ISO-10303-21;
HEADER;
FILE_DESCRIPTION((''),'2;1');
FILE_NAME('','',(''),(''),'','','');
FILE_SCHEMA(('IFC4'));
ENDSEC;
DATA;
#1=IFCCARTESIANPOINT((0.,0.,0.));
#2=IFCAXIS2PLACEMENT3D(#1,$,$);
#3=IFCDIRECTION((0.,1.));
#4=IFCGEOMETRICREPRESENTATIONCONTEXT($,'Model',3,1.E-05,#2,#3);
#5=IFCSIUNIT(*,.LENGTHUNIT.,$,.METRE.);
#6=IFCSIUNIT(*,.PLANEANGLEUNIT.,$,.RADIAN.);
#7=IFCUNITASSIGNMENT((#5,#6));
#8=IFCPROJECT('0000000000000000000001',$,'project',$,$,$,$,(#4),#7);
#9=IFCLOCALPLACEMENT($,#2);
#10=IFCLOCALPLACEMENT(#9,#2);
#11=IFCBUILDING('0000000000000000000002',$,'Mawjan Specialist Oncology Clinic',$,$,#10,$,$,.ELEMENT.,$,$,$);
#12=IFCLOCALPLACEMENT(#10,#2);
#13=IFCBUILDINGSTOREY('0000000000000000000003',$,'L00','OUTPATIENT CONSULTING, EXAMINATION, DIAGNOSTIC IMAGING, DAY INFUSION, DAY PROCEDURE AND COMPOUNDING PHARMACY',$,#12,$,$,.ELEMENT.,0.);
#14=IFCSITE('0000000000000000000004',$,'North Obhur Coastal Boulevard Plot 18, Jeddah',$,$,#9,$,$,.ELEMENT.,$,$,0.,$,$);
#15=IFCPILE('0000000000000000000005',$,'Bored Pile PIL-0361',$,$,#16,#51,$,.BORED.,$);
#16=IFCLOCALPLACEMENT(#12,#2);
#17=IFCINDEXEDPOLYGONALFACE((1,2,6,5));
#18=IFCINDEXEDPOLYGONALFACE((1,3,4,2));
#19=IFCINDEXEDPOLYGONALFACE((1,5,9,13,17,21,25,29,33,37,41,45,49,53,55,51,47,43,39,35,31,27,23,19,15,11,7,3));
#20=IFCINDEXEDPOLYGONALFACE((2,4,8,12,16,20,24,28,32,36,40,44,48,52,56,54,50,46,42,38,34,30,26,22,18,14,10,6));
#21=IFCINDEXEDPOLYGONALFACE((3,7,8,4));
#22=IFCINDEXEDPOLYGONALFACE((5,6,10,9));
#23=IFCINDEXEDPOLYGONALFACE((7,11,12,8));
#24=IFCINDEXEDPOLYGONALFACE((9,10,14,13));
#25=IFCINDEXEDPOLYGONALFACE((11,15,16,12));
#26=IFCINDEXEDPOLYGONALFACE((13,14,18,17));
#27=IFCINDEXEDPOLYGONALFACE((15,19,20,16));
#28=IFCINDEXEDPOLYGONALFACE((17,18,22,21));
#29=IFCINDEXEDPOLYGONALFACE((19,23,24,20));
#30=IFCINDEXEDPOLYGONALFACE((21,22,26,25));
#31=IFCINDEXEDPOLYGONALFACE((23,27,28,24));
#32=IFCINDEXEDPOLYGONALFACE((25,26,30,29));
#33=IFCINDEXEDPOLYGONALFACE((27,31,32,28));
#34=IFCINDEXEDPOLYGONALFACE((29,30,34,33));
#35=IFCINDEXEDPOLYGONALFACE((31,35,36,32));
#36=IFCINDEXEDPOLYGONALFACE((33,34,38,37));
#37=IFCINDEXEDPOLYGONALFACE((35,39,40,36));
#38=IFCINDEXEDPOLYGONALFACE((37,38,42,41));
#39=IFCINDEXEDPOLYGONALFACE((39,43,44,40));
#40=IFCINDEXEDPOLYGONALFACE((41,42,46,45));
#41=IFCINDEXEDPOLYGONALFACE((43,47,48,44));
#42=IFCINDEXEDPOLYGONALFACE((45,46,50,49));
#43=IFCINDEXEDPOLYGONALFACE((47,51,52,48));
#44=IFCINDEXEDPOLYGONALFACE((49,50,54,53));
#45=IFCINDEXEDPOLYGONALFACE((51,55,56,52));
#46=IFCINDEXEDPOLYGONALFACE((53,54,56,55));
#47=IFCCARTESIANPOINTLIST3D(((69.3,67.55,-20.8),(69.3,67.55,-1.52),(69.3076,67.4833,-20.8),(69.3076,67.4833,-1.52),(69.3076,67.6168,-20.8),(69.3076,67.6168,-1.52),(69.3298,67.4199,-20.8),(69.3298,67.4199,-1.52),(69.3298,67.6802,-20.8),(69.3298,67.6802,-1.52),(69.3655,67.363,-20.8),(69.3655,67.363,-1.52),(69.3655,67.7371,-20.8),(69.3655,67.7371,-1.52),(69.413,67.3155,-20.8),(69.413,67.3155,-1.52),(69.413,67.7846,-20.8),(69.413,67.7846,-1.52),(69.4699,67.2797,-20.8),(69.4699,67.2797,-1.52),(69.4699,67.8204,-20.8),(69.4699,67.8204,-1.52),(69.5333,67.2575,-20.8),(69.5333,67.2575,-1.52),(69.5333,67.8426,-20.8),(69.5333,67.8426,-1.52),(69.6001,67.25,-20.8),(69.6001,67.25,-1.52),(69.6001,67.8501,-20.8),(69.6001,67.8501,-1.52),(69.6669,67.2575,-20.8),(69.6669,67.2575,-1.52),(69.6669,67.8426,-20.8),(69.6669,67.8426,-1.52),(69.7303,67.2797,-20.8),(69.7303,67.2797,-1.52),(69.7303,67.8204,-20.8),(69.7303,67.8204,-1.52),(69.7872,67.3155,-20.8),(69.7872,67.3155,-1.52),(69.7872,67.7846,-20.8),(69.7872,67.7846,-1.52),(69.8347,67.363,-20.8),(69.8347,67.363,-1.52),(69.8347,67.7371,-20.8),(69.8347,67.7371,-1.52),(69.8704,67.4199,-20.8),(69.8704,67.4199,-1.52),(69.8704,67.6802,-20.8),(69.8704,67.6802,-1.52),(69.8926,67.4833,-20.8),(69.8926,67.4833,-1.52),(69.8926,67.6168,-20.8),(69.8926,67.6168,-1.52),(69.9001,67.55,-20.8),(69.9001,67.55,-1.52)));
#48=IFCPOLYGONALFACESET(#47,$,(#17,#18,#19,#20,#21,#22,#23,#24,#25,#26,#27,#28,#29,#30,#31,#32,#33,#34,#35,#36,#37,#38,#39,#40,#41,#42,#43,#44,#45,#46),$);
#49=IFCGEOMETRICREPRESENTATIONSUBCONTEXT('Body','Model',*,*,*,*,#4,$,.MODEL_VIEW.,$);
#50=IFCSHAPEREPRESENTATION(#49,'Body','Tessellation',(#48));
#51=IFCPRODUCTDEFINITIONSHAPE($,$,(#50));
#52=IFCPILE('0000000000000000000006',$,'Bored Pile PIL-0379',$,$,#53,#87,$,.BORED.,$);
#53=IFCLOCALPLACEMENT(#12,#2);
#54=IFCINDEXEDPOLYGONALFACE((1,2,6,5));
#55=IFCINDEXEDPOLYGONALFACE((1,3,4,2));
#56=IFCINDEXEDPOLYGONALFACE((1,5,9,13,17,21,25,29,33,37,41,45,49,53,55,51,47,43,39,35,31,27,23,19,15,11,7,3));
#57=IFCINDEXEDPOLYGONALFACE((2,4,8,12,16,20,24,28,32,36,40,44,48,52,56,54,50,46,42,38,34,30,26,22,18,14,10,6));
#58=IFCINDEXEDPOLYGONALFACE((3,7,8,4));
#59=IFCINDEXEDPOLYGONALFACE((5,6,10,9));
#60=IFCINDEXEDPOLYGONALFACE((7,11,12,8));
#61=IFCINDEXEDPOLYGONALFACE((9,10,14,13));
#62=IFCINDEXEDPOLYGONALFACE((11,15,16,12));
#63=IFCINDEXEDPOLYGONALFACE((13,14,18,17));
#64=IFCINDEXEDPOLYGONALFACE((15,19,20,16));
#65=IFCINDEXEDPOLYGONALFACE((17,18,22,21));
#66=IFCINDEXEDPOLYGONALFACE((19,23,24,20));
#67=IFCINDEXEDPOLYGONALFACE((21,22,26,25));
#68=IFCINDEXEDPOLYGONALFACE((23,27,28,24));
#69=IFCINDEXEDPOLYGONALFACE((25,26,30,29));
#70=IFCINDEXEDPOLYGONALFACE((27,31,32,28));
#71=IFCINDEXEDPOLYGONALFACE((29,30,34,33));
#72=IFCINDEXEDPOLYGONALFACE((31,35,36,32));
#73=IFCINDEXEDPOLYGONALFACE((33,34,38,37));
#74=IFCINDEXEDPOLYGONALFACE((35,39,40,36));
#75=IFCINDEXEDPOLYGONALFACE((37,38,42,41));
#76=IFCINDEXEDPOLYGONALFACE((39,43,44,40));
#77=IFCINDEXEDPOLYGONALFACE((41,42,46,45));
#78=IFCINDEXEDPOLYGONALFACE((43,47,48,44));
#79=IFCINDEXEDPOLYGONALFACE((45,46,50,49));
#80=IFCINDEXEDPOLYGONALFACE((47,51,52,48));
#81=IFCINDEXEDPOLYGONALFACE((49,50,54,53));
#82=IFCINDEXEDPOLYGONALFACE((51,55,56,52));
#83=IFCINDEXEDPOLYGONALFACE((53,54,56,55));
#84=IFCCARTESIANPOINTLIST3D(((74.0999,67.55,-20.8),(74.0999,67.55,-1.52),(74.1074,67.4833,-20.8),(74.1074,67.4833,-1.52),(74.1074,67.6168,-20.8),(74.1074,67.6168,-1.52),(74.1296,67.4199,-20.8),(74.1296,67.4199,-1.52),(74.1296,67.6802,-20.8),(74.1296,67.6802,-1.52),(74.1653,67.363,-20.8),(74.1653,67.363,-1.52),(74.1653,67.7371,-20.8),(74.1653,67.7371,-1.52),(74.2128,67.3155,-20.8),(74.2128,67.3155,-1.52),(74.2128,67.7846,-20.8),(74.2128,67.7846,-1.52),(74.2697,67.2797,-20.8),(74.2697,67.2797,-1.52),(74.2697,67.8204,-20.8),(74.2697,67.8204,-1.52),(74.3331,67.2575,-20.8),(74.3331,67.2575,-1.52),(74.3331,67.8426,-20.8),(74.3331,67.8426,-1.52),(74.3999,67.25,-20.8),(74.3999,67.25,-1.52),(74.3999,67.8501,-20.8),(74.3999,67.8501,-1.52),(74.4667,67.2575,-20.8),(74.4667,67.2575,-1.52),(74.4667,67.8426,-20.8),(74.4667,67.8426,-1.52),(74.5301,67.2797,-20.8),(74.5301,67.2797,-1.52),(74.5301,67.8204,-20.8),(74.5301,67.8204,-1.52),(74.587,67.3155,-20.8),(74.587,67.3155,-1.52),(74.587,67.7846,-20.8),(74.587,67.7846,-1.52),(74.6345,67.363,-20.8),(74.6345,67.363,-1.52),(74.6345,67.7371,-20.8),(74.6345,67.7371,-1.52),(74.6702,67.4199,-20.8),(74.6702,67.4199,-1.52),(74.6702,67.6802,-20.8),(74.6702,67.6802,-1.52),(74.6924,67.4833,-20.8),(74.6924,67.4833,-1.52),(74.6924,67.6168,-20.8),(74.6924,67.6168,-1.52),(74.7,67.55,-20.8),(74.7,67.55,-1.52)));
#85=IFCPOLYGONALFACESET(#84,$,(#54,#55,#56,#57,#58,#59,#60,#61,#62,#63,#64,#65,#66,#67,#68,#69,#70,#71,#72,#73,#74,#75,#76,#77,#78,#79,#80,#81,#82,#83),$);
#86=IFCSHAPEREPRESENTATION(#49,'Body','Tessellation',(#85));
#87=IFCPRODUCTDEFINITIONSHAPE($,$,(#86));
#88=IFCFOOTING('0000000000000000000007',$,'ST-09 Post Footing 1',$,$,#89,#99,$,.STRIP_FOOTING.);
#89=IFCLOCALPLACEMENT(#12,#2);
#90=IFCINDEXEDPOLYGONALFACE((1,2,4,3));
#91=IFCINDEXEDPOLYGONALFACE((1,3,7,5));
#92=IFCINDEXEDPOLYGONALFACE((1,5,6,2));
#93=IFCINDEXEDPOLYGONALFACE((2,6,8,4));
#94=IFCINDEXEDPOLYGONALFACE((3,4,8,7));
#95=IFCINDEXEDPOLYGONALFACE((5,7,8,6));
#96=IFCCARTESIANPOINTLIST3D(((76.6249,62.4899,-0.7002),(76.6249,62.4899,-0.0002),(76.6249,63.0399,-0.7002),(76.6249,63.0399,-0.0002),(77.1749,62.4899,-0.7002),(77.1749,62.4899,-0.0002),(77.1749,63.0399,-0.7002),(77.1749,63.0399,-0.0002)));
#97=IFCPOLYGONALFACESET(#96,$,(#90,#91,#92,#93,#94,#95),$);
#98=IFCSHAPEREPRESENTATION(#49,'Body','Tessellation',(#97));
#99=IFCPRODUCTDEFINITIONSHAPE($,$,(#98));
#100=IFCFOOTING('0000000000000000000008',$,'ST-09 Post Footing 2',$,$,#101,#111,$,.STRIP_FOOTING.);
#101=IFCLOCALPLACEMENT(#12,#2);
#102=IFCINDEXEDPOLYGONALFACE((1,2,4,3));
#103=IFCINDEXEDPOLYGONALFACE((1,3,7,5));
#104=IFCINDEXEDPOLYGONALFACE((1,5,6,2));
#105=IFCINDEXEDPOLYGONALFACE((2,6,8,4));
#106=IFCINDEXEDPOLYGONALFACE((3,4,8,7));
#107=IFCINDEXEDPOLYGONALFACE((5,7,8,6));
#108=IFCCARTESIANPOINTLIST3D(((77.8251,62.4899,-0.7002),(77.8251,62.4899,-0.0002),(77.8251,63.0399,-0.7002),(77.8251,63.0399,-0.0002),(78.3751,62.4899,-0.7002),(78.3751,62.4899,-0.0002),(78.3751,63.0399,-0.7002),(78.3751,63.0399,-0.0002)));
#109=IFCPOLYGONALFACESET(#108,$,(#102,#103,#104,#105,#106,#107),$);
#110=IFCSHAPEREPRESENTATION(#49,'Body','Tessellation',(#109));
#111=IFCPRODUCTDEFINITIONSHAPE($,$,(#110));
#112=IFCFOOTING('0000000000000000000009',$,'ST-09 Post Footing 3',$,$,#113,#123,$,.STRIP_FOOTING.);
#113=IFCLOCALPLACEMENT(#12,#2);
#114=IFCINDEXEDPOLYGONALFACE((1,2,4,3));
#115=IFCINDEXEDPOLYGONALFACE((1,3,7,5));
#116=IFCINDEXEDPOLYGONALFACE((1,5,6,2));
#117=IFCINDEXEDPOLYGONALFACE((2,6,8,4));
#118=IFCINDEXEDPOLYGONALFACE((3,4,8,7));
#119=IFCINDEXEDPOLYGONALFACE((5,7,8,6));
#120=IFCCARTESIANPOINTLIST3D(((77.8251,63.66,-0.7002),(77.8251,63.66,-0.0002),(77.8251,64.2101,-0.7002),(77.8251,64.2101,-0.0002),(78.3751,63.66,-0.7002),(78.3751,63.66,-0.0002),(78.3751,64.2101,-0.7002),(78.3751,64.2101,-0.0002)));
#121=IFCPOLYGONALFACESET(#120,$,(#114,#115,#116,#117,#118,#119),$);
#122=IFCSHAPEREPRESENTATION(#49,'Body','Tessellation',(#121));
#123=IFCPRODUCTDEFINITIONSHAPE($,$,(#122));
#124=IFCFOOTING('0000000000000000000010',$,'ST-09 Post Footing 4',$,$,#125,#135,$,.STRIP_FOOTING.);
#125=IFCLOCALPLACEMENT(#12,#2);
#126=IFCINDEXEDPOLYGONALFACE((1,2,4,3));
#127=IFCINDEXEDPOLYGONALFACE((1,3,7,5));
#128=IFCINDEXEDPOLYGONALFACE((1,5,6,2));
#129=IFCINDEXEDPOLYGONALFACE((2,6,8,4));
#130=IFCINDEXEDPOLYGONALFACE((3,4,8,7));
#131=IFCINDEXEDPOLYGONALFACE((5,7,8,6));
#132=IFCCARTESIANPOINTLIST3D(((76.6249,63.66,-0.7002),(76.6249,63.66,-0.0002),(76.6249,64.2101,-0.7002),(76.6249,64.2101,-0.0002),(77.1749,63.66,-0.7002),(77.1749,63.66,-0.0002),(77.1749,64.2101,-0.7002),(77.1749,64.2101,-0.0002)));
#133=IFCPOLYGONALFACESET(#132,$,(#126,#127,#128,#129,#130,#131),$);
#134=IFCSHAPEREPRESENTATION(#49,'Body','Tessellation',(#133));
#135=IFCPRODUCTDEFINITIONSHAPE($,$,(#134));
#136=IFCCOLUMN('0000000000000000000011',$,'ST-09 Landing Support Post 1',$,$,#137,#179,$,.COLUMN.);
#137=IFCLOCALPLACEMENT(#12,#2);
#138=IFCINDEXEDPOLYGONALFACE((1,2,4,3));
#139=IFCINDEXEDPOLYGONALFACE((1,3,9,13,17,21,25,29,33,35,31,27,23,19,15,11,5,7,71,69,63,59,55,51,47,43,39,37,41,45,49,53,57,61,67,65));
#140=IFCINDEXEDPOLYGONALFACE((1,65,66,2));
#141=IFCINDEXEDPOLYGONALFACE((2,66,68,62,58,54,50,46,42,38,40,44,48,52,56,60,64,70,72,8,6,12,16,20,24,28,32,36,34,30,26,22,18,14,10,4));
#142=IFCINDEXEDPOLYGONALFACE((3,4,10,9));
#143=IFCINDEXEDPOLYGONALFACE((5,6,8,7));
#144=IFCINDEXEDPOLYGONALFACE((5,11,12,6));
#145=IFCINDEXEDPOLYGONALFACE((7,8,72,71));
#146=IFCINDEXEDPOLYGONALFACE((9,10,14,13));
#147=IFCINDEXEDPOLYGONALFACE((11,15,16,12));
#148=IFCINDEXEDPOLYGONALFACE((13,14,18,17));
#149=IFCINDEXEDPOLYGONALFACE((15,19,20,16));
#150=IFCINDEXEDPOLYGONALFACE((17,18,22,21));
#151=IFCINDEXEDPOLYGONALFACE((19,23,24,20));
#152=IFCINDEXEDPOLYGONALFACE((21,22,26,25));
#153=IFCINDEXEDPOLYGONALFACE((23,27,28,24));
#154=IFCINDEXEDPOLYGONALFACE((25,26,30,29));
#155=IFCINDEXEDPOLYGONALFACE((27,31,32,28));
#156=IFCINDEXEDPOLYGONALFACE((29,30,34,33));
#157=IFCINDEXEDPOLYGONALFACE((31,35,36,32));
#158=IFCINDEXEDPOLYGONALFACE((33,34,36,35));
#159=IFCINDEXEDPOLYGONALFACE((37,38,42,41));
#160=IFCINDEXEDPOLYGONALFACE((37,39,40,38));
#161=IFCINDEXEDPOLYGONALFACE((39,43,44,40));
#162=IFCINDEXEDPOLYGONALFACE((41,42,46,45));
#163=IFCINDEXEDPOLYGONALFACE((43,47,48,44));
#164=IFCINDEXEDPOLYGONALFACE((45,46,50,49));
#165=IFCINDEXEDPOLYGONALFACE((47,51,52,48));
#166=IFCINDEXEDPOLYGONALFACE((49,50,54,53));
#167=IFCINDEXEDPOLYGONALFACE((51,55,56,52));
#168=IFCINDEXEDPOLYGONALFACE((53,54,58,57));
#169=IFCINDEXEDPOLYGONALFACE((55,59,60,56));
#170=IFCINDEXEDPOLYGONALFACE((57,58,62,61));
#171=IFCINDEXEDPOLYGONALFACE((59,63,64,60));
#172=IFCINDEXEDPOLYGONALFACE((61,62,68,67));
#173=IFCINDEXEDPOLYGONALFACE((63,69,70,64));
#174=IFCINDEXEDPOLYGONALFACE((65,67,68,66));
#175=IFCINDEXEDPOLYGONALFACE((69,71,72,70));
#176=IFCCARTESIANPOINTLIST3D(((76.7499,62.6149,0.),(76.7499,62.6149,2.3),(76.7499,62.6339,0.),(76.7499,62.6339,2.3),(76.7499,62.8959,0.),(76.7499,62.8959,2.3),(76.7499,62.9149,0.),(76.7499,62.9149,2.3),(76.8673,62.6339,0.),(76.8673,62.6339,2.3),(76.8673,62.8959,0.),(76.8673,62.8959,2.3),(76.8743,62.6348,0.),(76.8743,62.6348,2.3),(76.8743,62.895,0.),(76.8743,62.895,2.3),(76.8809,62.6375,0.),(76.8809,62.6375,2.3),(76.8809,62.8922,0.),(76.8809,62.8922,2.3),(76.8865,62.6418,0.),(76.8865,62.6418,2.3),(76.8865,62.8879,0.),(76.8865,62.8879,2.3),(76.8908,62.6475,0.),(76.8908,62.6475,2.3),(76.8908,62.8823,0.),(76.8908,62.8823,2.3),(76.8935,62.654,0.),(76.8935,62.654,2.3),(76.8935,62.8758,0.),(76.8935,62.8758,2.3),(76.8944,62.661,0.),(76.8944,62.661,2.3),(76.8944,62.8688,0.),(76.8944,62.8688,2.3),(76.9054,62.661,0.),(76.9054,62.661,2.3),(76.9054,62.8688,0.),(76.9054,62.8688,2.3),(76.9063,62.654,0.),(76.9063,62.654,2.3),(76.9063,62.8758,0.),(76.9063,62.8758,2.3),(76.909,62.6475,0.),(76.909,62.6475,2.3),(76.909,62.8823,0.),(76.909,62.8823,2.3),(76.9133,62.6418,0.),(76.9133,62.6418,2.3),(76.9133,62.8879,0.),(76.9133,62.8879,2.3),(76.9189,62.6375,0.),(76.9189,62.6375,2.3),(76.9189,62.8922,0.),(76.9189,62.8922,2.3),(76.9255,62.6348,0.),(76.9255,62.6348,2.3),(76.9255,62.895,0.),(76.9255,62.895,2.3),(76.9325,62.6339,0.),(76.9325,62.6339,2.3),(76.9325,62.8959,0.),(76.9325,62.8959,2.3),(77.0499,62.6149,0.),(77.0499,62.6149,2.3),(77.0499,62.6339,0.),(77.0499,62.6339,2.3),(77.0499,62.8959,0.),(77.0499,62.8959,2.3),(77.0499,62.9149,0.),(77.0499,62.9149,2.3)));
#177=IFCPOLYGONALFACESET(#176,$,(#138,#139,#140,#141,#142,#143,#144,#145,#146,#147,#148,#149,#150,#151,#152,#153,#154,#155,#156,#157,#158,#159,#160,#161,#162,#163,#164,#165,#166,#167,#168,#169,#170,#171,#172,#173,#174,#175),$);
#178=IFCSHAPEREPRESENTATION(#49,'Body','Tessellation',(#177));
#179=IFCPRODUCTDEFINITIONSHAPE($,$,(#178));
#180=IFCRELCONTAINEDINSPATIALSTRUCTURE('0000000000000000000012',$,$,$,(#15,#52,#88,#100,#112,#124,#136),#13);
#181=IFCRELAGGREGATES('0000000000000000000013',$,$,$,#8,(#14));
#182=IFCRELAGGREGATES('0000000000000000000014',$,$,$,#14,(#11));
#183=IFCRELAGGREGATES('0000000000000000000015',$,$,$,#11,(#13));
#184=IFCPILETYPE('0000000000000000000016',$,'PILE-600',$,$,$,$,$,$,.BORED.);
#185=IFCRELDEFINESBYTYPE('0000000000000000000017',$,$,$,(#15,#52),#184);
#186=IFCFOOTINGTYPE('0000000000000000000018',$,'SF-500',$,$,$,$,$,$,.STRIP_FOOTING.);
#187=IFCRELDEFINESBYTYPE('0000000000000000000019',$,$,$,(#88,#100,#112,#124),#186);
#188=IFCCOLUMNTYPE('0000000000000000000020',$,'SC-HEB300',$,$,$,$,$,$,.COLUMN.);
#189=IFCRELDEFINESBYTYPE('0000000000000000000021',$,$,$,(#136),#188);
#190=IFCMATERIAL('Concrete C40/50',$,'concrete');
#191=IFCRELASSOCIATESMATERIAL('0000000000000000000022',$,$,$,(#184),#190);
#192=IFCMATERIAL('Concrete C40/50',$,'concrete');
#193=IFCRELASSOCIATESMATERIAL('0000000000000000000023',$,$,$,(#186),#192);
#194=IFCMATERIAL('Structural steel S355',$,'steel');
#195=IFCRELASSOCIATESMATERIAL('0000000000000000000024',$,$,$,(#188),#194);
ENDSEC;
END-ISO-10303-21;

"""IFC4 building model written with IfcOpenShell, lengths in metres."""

from ifc_helpers import new_model, si_unit, direction, frame, origin, origin_2d, place, context, subcontext, project, spatial, rectangle, circle, i_section, extrude, material, material_profile, profile_set, type_object, element, save


model = new_model("IFC4")

# Units and contexts
model_context = context("Model", 3, precision=1e-05, world=origin(), true_north=direction((0.0, 1.0)))
body_context = subcontext(model_context, "Body", "Model", "MODEL_VIEW")
ifc_project = project(units=[si_unit("LENGTHUNIT", "METRE"), si_unit("PLANEANGLEUNIT", "RADIAN")], contexts=[model_context])

# Site, building, storey
site_placement = place(None, origin())
site = spatial("IfcSite", under=ifc_project, at=site_placement, Name="North Obhur Coastal Boulevard Plot 18, Jeddah", CompositionType="ELEMENT", RefElevation=0.0)
building_placement = place(site_placement, origin())
building = spatial("IfcBuilding", under=site, at=building_placement, Name="Mawjan Specialist Oncology Clinic", CompositionType="ELEMENT")
storey_placement = place(building_placement, origin())
storey = spatial("IfcBuildingStorey", under=building, at=storey_placement, Name="L00", Description="OUTPATIENT CONSULTING, EXAMINATION, DIAGNOSTIC IMAGING, DAY INFUSION, DAY PROCEDURE AND COMPOUNDING PHARMACY", CompositionType="ELEMENT", Elevation=0.0)

# Piles
ifc_material_1 = material(Name="Concrete C40/50", Category="concrete")
ifc_material_profile_1 = material_profile(ifc_material_1, circle(Radius=0.3, at=origin_2d()), Name="BORED PILE D600", Category="concrete")
ifc_profile_set_1 = profile_set([ifc_material_profile_1], Name="Concrete C40/50")
pile_type = type_object("IfcPileType", Name="PILE-600", PredefinedType="BORED", material=ifc_profile_set_1)
for number, where, z_axis, x_axis, name in (
    (1, (69.6001, 67.55, -1.52), (0.0, 0.0, -1.0), (1.0, 0.0, 0.0), "Bored Pile PIL-0361"),
    (2, (74.3999, 67.55, -1.52), (0.0, 0.0, -1.0), (1.0, 0.0, 0.0), "Bored Pile PIL-0379"),
):
    element("IfcPile", number, at=place(storey_placement, frame(where, z_axis=z_axis, x_axis=x_axis)), inside=storey, type_object=pile_type, Name=name, PredefinedType="BORED", context=body_context, shape_type="SweptSolid", body=[
        extrude(circle(Radius=0.3, at=origin_2d()), origin(), (0.0, 0.0, 1.0), 19.28),
    ])

# Footings
ifc_material_2 = material(Name="Concrete C40/50", Category="concrete")
footing_type = type_object("IfcFootingType", Name="SF-500", PredefinedType="STRIP_FOOTING", material=ifc_material_2)
for number, where, z_axis, x_axis, name in (
    (3, (76.8999, 62.7649, -0.7002), (0.0, 0.0, 1.0), (1.0, 0.0, 0.0), "ST-09 Post Footing 1"),
    (4, (78.1001, 62.7649, -0.7002), (0.0, 0.0, 1.0), (1.0, 0.0, 0.0), "ST-09 Post Footing 2"),
    (5, (78.1001, 63.9351, -0.7002), (0.0, 0.0, 1.0), (1.0, 0.0, 0.0), "ST-09 Post Footing 3"),
    (6, (76.8999, 63.9351, -0.7002), (0.0, 0.0, 1.0), (1.0, 0.0, 0.0), "ST-09 Post Footing 4"),
):
    element("IfcFooting", number, at=place(storey_placement, frame(where, z_axis=z_axis, x_axis=x_axis)), inside=storey, type_object=footing_type, Name=name, PredefinedType="STRIP_FOOTING", context=body_context, shape_type="SweptSolid", body=[
        extrude(rectangle(XDim=0.55, YDim=0.55, at=origin_2d()), origin(), (0.0, 0.0, 1.0), 0.7),
    ])

# Column
ifc_material_3 = material(Name="Structural steel S355", Category="steel")
ifc_material_profile_2 = material_profile(ifc_material_3, i_section(OverallWidth=0.3, OverallDepth=0.3, WebThickness=0.011, FlangeThickness=0.019, FilletRadius=0.0271, at=origin_2d()), Name="HEB 300", Category="steel")
ifc_profile_set_2 = profile_set([ifc_material_profile_2], Name="Structural steel S355")
column_type = type_object("IfcColumnType", Name="SC-HEB300", PredefinedType="COLUMN", material=ifc_profile_set_2)
for number, where, z_axis, x_axis, name in (
    (7, (76.8999, 62.7649, 0.0), (0.0, 0.0, 1.0), (1.0, 0.0, 0.0), "ST-09 Landing Support Post 1"),
):
    element("IfcColumn", number, at=place(storey_placement, frame(where, z_axis=z_axis, x_axis=x_axis)), inside=storey, type_object=column_type, Name=name, PredefinedType="COLUMN", context=body_context, shape_type="SweptSolid", body=[
        extrude(i_section(OverallWidth=0.3, OverallDepth=0.3, WebThickness=0.011, FlangeThickness=0.019, FilletRadius=0.0271, at=origin_2d()), origin(), (0.0, 0.0, 1.0), 2.3),
    ])

save(model, "model.ifc")
